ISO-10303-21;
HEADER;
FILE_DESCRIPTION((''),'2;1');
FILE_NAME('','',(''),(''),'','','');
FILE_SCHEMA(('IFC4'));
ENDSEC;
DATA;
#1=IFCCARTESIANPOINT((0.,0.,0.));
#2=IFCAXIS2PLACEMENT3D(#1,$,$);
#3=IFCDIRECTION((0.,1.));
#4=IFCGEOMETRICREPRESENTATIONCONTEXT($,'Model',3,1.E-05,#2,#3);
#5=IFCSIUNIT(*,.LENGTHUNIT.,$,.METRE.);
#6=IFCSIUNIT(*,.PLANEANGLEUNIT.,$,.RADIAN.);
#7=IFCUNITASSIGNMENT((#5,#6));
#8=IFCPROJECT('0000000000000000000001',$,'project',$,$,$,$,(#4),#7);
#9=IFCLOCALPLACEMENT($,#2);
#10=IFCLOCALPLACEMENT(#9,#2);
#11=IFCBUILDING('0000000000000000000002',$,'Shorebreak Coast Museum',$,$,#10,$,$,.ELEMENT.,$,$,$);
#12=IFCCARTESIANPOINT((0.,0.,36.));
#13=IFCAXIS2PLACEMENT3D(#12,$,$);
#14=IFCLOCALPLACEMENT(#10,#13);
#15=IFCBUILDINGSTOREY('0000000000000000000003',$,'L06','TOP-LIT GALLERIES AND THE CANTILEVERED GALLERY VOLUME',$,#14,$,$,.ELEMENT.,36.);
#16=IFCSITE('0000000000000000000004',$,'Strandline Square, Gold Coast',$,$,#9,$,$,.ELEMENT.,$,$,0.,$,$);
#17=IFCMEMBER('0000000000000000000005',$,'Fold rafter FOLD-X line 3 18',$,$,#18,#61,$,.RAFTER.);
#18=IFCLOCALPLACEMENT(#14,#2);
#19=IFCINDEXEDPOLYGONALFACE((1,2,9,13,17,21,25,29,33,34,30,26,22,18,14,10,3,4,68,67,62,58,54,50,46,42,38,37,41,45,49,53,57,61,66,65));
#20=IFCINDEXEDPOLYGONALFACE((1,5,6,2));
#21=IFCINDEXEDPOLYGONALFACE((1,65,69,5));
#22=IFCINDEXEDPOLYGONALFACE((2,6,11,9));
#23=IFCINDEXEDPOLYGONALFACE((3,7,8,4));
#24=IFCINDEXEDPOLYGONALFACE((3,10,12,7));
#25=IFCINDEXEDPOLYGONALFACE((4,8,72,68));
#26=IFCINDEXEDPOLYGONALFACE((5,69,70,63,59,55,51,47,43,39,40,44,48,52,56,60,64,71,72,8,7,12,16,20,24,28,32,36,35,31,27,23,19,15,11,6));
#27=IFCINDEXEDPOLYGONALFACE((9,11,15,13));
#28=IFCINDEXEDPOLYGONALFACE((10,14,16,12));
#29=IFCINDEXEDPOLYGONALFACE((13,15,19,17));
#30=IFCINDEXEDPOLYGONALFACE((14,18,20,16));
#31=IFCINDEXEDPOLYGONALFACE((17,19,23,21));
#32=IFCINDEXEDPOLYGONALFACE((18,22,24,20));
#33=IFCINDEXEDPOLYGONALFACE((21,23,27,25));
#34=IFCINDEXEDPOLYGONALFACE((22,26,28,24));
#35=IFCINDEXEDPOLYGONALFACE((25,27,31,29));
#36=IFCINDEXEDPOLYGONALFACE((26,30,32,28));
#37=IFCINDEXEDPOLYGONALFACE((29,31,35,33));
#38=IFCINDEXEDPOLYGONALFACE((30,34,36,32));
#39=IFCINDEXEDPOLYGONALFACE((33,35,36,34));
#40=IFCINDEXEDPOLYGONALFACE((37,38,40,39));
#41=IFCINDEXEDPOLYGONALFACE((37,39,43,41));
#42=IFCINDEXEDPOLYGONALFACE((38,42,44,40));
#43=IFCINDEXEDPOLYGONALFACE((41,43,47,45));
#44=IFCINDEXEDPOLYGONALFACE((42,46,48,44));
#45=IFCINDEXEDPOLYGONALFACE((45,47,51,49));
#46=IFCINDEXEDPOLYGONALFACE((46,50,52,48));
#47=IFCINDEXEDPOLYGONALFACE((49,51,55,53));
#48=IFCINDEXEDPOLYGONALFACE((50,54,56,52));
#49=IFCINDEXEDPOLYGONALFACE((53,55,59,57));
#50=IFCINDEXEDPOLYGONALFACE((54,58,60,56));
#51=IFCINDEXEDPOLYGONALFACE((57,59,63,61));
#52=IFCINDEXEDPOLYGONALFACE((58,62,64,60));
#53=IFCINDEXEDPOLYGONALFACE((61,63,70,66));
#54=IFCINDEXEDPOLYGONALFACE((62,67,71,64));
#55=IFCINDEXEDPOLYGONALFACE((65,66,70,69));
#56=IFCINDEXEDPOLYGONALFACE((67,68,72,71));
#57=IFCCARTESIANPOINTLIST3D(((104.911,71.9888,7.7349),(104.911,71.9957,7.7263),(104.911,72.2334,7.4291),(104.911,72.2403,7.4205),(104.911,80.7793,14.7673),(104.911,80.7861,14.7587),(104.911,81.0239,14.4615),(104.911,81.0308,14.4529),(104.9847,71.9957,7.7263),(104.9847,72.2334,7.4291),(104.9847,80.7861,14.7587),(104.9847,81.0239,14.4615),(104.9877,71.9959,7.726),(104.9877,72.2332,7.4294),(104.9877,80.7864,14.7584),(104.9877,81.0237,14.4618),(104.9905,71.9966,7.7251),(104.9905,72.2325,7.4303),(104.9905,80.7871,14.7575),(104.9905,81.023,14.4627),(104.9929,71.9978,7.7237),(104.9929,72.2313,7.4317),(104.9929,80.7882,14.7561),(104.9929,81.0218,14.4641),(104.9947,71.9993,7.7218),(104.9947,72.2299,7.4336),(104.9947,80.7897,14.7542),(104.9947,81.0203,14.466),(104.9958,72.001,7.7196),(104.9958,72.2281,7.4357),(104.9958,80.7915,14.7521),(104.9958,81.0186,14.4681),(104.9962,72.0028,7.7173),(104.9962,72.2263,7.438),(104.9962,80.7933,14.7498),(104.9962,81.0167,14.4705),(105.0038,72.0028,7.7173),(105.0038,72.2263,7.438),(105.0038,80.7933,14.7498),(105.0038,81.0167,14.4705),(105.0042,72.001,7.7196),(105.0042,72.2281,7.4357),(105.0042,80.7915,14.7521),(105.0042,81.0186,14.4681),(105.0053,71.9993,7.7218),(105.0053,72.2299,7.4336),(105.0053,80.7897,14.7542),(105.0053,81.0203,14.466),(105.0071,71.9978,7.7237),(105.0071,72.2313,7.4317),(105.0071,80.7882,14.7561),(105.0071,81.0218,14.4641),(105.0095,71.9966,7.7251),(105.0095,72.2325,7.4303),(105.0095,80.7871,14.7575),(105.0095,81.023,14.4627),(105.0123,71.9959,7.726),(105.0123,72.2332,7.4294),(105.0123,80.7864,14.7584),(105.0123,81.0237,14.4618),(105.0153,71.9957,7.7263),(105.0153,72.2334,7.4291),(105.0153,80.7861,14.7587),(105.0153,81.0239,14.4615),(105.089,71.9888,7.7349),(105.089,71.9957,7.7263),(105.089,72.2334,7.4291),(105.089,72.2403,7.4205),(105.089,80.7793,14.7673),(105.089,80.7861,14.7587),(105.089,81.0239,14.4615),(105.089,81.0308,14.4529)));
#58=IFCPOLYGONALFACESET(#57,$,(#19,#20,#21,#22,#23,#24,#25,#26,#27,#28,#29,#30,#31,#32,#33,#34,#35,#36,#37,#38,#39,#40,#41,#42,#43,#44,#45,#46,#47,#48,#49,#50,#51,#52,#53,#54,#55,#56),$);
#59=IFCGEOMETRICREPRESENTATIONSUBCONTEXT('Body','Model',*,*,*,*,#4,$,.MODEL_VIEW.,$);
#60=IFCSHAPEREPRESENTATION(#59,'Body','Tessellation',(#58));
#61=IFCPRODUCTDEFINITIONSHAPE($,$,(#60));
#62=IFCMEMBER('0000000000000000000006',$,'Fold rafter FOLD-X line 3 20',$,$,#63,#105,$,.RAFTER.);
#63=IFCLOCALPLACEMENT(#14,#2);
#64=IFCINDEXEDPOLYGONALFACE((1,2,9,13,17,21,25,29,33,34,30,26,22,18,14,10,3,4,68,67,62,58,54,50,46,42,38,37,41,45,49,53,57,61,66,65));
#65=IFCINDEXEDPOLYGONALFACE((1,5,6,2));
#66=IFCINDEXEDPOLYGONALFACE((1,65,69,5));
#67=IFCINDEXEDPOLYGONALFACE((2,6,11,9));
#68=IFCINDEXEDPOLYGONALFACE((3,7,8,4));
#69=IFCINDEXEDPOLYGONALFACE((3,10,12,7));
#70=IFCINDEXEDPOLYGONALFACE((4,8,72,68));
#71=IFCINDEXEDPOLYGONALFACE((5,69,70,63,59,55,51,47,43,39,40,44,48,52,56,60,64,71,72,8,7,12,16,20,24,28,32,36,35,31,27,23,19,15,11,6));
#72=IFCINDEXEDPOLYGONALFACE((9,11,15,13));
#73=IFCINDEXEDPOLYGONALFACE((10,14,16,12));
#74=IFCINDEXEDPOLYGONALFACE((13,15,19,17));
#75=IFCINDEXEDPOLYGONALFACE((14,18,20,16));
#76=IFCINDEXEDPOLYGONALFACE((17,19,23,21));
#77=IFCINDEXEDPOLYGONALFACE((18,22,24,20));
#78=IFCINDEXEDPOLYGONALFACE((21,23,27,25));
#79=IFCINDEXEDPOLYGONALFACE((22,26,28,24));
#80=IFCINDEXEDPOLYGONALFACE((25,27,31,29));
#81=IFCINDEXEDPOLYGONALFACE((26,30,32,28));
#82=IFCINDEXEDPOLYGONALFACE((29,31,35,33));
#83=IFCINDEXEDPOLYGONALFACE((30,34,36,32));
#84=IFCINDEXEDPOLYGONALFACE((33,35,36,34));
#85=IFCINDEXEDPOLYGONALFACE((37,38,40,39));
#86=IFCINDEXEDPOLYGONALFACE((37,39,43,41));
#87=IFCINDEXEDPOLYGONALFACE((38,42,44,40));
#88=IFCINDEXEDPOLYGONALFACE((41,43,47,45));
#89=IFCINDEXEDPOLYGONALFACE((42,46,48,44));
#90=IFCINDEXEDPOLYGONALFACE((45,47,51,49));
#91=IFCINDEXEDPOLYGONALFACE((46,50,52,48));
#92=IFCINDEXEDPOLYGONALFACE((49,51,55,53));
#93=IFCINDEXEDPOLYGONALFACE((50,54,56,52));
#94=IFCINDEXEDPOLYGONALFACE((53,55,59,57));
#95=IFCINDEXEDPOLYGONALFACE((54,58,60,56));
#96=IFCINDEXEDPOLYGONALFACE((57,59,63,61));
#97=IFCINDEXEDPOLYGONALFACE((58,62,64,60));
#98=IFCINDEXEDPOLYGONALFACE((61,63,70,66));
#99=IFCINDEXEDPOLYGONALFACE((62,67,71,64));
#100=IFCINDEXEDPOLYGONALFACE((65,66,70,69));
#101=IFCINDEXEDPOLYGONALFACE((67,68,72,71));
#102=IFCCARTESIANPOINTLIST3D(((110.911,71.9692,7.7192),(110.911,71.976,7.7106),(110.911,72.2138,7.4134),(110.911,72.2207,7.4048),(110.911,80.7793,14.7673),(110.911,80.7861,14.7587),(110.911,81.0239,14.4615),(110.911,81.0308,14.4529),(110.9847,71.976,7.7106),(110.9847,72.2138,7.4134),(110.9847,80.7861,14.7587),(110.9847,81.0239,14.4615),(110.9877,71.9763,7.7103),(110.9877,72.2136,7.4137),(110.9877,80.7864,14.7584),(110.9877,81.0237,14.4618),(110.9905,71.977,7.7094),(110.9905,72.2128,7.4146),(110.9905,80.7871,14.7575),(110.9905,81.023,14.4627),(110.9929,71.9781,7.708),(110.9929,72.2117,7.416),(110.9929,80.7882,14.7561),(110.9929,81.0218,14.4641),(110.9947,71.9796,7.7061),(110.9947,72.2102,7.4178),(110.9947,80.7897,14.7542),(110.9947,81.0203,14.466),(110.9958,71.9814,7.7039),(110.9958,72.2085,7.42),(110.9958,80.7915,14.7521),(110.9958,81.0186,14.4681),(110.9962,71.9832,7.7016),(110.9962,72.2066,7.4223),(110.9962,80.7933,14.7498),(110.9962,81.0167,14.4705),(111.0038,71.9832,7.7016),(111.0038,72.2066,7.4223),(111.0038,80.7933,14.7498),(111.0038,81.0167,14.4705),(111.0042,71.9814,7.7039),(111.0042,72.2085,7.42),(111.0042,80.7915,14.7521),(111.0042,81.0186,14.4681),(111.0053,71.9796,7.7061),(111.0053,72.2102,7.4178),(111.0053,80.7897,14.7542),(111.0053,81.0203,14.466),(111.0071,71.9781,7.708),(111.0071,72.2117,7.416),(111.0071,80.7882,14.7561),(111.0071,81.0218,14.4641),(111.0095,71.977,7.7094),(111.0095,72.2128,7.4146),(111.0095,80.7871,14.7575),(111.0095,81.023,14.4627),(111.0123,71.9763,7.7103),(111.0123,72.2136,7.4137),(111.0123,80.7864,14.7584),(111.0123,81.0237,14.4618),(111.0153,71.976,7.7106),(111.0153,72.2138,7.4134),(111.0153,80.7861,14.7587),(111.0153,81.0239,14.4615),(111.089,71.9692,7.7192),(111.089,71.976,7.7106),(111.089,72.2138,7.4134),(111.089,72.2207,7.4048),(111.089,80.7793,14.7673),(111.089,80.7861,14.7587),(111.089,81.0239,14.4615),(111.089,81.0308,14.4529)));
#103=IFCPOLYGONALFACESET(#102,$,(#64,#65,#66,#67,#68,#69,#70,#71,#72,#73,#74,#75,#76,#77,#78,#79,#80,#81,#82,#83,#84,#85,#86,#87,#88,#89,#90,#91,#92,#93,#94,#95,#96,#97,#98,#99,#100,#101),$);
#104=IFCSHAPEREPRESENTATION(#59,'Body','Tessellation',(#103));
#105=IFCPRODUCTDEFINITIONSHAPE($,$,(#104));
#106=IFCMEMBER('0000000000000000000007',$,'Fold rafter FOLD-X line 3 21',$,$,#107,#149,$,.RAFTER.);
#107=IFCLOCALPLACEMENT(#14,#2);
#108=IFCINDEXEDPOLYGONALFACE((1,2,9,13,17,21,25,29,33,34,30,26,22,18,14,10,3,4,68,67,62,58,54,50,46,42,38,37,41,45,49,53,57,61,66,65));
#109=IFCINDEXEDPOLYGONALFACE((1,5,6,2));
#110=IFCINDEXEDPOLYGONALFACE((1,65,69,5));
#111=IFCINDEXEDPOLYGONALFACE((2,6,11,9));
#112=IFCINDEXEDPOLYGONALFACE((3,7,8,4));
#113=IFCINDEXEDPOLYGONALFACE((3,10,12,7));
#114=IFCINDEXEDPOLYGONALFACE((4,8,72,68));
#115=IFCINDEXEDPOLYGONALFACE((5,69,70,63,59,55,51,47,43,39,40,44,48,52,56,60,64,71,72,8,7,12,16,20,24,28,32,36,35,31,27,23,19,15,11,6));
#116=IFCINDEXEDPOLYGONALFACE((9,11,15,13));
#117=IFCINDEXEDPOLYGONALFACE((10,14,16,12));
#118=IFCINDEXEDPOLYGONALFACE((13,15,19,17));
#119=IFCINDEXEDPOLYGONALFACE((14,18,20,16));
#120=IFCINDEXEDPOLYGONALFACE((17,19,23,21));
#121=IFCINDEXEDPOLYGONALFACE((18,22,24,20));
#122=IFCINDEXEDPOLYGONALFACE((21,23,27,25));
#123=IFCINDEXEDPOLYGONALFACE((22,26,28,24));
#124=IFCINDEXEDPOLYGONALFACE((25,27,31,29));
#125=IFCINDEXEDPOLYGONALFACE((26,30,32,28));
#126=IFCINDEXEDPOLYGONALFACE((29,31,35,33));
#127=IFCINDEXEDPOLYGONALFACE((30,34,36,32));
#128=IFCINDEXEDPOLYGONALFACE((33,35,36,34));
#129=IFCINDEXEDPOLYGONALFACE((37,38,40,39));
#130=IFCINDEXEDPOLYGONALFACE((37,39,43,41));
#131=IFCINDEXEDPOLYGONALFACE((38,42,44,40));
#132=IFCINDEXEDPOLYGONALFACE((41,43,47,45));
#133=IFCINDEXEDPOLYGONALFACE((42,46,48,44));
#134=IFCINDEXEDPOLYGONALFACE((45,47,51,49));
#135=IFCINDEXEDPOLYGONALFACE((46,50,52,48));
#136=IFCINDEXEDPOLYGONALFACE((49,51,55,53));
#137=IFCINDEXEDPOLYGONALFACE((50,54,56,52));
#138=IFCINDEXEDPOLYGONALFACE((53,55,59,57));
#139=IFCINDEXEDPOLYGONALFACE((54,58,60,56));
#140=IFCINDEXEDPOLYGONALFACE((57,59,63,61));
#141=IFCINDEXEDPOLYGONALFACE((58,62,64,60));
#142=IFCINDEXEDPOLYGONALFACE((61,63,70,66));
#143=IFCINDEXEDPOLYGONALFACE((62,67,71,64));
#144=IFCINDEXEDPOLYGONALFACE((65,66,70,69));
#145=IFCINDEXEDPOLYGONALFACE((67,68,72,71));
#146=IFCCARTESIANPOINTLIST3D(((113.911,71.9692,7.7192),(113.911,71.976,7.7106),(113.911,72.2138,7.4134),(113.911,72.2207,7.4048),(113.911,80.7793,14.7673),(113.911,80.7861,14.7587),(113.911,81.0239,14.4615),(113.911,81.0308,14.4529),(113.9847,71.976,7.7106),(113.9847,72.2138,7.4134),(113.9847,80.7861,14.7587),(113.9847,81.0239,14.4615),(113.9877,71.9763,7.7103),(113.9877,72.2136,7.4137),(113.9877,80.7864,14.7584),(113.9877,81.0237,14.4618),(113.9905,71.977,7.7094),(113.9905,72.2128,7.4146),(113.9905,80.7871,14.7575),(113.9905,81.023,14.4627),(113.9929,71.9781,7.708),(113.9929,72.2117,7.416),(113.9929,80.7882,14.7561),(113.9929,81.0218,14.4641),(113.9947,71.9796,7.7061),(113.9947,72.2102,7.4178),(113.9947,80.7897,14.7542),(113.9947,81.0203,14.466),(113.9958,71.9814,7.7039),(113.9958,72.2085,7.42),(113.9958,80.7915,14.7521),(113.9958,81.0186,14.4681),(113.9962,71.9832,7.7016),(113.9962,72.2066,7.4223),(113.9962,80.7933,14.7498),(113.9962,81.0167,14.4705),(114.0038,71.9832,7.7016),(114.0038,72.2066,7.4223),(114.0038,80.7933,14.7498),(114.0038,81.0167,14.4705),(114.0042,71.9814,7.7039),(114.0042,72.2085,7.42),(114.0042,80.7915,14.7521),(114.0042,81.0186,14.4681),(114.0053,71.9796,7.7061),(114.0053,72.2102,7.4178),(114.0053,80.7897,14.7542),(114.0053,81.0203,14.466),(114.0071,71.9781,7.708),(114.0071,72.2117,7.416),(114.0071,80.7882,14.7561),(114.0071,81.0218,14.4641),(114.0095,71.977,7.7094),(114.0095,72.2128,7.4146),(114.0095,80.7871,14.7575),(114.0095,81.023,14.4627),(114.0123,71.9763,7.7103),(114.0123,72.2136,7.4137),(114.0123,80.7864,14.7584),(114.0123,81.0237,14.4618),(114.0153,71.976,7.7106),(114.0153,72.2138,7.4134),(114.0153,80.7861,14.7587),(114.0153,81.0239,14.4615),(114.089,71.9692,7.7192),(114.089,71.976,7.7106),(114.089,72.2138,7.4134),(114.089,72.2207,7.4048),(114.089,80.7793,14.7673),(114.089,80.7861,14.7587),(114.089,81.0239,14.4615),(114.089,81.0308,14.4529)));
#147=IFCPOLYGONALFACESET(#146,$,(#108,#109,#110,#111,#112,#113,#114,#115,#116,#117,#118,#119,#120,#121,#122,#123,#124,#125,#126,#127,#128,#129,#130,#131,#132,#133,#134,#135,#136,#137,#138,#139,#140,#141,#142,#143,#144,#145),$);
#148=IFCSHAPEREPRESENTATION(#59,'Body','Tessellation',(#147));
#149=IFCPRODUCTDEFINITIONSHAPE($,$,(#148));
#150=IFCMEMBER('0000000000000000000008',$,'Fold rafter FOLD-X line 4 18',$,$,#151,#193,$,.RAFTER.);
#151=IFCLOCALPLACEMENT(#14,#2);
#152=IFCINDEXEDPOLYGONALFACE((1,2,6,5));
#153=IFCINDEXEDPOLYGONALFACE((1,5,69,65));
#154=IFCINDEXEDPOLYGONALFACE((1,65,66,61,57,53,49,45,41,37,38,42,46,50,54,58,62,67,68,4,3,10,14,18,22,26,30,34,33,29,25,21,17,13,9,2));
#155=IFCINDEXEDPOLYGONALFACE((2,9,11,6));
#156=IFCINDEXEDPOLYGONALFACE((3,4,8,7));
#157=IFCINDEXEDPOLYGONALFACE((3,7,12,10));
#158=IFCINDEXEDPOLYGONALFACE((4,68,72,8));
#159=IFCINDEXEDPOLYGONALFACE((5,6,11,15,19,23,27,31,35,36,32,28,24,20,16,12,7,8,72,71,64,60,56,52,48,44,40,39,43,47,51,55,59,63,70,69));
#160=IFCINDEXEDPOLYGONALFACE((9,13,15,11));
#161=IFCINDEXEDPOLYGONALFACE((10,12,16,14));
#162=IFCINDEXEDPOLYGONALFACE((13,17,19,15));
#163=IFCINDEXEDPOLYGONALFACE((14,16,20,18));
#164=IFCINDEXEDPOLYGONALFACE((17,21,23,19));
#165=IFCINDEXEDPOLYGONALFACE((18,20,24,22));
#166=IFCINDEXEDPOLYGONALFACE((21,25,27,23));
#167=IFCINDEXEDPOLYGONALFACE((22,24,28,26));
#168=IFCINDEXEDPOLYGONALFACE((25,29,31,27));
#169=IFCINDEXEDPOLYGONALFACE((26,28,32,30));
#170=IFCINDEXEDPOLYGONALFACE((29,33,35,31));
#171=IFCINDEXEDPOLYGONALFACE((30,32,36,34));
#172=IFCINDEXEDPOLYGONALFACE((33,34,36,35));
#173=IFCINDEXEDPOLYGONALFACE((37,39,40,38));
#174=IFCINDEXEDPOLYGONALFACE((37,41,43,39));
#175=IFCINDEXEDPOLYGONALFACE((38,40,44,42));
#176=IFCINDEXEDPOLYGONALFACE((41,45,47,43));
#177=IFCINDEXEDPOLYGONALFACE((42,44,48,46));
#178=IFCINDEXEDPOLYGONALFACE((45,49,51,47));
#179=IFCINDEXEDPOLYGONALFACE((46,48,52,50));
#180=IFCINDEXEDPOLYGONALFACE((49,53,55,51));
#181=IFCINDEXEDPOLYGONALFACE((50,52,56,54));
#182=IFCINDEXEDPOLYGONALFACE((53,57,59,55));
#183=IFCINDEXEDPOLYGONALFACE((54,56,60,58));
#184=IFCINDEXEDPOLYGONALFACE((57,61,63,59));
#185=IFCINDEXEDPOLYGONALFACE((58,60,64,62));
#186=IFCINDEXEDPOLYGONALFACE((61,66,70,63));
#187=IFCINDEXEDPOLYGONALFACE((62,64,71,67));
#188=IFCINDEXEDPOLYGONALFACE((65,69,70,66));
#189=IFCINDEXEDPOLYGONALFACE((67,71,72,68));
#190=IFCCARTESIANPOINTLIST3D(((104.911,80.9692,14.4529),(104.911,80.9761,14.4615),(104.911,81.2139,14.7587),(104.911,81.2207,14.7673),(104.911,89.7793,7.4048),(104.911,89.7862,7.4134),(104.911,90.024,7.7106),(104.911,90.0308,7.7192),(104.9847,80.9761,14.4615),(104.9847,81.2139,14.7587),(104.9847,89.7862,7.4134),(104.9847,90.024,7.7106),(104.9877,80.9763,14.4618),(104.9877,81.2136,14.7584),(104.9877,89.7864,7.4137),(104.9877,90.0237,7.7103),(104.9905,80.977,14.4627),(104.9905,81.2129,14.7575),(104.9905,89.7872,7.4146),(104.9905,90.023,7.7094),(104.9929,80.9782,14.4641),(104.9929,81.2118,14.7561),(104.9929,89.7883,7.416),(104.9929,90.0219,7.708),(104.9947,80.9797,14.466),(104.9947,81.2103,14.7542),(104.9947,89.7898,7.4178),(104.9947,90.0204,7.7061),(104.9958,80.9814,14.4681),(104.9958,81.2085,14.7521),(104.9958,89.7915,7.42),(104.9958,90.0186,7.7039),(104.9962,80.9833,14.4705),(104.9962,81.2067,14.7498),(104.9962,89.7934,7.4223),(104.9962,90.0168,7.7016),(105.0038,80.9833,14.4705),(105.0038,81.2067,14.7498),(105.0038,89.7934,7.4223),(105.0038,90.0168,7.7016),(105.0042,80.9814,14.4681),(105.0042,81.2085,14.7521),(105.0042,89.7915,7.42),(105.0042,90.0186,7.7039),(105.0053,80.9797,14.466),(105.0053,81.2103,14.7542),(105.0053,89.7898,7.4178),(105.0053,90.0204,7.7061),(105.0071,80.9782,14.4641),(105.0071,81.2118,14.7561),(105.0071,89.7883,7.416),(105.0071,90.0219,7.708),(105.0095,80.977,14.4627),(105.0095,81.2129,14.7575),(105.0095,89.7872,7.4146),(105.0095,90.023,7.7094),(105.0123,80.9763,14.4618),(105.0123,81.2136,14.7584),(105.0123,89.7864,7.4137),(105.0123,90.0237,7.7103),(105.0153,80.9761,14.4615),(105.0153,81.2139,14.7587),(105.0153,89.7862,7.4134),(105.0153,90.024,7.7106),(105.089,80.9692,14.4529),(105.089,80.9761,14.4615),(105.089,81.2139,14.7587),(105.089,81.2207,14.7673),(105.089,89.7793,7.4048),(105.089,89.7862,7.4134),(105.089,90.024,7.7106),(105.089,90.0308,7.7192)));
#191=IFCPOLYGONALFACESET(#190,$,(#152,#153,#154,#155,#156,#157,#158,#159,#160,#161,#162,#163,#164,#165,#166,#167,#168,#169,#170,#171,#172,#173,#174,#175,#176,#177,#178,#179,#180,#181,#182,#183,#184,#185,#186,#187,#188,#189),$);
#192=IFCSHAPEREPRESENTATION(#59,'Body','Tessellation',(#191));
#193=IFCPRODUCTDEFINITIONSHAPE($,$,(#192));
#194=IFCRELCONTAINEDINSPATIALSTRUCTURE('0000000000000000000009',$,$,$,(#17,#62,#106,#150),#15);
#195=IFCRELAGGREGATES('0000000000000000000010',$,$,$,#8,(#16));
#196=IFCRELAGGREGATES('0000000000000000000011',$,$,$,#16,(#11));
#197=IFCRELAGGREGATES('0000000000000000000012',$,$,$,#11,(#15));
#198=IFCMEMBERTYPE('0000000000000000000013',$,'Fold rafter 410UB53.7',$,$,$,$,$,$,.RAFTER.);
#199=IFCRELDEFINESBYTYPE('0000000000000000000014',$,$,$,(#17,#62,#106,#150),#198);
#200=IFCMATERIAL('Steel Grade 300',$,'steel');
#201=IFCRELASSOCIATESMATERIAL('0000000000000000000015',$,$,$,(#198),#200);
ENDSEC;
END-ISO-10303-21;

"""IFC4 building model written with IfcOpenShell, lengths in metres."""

from ifc_helpers import new_model, si_unit, direction, frame, origin, origin_2d, place, context, subcontext, project, spatial, i_section, extrude, material, material_profile, profile_set, type_object, element, save


model = new_model("IFC4")

# Units and contexts
model_context = context("Model", 3, precision=1e-05, world=origin(), true_north=direction((0.0, 1.0)))
body_context = subcontext(model_context, "Body", "Model", "MODEL_VIEW")
ifc_project = project(units=[si_unit("LENGTHUNIT", "METRE"), si_unit("PLANEANGLEUNIT", "RADIAN")], contexts=[model_context])

# Site, building, storey
site_placement = place(None, origin())
site = spatial("IfcSite", under=ifc_project, at=site_placement, Name="Strandline Square, Gold Coast", CompositionType="ELEMENT", RefElevation=0.0)
building_placement = place(site_placement, origin())
building = spatial("IfcBuilding", under=site, at=building_placement, Name="Shorebreak Coast Museum", CompositionType="ELEMENT")
storey_placement = place(building_placement, frame((0.0, 0.0, 36.0)))
storey = spatial("IfcBuildingStorey", under=building, at=storey_placement, Name="L06", Description="TOP-LIT GALLERIES AND THE CANTILEVERED GALLERY VOLUME", CompositionType="ELEMENT", Elevation=36.0)

# Members
ifc_material_1 = material(Name="Steel Grade 300", Category="steel")
ifc_material_profile_1 = material_profile(ifc_material_1, i_section(OverallWidth=0.178, OverallDepth=0.4026, WebThickness=0.0076, FlangeThickness=0.011, FilletRadius=0.0115, at=origin_2d()), Name="410UB53.7")
ifc_profile_set_1 = profile_set([ifc_material_profile_1], Name="Steel Grade 300")
member_type_1 = type_object("IfcMemberType", Name="Fold rafter 410UB53.7", PredefinedType="RAFTER", material=ifc_profile_set_1)
member_1_placement = place(storey_placement, frame((105.0, 80.905, 14.6101), z_axis=(0.0, -0.780867, -0.624698), x_axis=(1.0, 0.0, 0.0)))
element("IfcMember", 1, at=member_1_placement, inside=storey, type_object=member_type_1, Name="Fold rafter FOLD-X line 3 18", PredefinedType="RAFTER", context=body_context, shape_type="SweptSolid", body=[
    extrude(i_section(OverallWidth=0.178, OverallDepth=0.4026, WebThickness=0.0076, FlangeThickness=0.011, FilletRadius=0.0115, at=origin_2d()), origin(), (0.0, 0.0, 1.0), 11.2573),
])
for number, where, z_axis, x_axis, name in (
    (2, (111.0, 80.905, 14.6101), (0.0, -0.780867, -0.624698), (1.0, 0.0, 0.0), "Fold rafter FOLD-X line 3 20"),
    (3, (114.0, 80.905, 14.6101), (0.0, -0.780867, -0.624698), (1.0, 0.0, 0.0), "Fold rafter FOLD-X line 3 21"),
    (4, (105.0, 81.095, 14.6101), (0.0, 0.780867, -0.624698), (-1.0, 0.0, 0.0), "Fold rafter FOLD-X line 4 18"),
):
    element("IfcMember", number, at=place(storey_placement, frame(where, z_axis=z_axis, x_axis=x_axis)), inside=storey, type_object=member_type_1, Name=name, PredefinedType="RAFTER", context=body_context, shape_type="SweptSolid", body=[
        extrude(i_section(OverallWidth=0.178, OverallDepth=0.4026, WebThickness=0.0076, FlangeThickness=0.011, FilletRadius=0.0115, at=origin_2d()), origin(), (0.0, 0.0, 1.0), 11.2825),
    ])

save(model, "model.ifc")
